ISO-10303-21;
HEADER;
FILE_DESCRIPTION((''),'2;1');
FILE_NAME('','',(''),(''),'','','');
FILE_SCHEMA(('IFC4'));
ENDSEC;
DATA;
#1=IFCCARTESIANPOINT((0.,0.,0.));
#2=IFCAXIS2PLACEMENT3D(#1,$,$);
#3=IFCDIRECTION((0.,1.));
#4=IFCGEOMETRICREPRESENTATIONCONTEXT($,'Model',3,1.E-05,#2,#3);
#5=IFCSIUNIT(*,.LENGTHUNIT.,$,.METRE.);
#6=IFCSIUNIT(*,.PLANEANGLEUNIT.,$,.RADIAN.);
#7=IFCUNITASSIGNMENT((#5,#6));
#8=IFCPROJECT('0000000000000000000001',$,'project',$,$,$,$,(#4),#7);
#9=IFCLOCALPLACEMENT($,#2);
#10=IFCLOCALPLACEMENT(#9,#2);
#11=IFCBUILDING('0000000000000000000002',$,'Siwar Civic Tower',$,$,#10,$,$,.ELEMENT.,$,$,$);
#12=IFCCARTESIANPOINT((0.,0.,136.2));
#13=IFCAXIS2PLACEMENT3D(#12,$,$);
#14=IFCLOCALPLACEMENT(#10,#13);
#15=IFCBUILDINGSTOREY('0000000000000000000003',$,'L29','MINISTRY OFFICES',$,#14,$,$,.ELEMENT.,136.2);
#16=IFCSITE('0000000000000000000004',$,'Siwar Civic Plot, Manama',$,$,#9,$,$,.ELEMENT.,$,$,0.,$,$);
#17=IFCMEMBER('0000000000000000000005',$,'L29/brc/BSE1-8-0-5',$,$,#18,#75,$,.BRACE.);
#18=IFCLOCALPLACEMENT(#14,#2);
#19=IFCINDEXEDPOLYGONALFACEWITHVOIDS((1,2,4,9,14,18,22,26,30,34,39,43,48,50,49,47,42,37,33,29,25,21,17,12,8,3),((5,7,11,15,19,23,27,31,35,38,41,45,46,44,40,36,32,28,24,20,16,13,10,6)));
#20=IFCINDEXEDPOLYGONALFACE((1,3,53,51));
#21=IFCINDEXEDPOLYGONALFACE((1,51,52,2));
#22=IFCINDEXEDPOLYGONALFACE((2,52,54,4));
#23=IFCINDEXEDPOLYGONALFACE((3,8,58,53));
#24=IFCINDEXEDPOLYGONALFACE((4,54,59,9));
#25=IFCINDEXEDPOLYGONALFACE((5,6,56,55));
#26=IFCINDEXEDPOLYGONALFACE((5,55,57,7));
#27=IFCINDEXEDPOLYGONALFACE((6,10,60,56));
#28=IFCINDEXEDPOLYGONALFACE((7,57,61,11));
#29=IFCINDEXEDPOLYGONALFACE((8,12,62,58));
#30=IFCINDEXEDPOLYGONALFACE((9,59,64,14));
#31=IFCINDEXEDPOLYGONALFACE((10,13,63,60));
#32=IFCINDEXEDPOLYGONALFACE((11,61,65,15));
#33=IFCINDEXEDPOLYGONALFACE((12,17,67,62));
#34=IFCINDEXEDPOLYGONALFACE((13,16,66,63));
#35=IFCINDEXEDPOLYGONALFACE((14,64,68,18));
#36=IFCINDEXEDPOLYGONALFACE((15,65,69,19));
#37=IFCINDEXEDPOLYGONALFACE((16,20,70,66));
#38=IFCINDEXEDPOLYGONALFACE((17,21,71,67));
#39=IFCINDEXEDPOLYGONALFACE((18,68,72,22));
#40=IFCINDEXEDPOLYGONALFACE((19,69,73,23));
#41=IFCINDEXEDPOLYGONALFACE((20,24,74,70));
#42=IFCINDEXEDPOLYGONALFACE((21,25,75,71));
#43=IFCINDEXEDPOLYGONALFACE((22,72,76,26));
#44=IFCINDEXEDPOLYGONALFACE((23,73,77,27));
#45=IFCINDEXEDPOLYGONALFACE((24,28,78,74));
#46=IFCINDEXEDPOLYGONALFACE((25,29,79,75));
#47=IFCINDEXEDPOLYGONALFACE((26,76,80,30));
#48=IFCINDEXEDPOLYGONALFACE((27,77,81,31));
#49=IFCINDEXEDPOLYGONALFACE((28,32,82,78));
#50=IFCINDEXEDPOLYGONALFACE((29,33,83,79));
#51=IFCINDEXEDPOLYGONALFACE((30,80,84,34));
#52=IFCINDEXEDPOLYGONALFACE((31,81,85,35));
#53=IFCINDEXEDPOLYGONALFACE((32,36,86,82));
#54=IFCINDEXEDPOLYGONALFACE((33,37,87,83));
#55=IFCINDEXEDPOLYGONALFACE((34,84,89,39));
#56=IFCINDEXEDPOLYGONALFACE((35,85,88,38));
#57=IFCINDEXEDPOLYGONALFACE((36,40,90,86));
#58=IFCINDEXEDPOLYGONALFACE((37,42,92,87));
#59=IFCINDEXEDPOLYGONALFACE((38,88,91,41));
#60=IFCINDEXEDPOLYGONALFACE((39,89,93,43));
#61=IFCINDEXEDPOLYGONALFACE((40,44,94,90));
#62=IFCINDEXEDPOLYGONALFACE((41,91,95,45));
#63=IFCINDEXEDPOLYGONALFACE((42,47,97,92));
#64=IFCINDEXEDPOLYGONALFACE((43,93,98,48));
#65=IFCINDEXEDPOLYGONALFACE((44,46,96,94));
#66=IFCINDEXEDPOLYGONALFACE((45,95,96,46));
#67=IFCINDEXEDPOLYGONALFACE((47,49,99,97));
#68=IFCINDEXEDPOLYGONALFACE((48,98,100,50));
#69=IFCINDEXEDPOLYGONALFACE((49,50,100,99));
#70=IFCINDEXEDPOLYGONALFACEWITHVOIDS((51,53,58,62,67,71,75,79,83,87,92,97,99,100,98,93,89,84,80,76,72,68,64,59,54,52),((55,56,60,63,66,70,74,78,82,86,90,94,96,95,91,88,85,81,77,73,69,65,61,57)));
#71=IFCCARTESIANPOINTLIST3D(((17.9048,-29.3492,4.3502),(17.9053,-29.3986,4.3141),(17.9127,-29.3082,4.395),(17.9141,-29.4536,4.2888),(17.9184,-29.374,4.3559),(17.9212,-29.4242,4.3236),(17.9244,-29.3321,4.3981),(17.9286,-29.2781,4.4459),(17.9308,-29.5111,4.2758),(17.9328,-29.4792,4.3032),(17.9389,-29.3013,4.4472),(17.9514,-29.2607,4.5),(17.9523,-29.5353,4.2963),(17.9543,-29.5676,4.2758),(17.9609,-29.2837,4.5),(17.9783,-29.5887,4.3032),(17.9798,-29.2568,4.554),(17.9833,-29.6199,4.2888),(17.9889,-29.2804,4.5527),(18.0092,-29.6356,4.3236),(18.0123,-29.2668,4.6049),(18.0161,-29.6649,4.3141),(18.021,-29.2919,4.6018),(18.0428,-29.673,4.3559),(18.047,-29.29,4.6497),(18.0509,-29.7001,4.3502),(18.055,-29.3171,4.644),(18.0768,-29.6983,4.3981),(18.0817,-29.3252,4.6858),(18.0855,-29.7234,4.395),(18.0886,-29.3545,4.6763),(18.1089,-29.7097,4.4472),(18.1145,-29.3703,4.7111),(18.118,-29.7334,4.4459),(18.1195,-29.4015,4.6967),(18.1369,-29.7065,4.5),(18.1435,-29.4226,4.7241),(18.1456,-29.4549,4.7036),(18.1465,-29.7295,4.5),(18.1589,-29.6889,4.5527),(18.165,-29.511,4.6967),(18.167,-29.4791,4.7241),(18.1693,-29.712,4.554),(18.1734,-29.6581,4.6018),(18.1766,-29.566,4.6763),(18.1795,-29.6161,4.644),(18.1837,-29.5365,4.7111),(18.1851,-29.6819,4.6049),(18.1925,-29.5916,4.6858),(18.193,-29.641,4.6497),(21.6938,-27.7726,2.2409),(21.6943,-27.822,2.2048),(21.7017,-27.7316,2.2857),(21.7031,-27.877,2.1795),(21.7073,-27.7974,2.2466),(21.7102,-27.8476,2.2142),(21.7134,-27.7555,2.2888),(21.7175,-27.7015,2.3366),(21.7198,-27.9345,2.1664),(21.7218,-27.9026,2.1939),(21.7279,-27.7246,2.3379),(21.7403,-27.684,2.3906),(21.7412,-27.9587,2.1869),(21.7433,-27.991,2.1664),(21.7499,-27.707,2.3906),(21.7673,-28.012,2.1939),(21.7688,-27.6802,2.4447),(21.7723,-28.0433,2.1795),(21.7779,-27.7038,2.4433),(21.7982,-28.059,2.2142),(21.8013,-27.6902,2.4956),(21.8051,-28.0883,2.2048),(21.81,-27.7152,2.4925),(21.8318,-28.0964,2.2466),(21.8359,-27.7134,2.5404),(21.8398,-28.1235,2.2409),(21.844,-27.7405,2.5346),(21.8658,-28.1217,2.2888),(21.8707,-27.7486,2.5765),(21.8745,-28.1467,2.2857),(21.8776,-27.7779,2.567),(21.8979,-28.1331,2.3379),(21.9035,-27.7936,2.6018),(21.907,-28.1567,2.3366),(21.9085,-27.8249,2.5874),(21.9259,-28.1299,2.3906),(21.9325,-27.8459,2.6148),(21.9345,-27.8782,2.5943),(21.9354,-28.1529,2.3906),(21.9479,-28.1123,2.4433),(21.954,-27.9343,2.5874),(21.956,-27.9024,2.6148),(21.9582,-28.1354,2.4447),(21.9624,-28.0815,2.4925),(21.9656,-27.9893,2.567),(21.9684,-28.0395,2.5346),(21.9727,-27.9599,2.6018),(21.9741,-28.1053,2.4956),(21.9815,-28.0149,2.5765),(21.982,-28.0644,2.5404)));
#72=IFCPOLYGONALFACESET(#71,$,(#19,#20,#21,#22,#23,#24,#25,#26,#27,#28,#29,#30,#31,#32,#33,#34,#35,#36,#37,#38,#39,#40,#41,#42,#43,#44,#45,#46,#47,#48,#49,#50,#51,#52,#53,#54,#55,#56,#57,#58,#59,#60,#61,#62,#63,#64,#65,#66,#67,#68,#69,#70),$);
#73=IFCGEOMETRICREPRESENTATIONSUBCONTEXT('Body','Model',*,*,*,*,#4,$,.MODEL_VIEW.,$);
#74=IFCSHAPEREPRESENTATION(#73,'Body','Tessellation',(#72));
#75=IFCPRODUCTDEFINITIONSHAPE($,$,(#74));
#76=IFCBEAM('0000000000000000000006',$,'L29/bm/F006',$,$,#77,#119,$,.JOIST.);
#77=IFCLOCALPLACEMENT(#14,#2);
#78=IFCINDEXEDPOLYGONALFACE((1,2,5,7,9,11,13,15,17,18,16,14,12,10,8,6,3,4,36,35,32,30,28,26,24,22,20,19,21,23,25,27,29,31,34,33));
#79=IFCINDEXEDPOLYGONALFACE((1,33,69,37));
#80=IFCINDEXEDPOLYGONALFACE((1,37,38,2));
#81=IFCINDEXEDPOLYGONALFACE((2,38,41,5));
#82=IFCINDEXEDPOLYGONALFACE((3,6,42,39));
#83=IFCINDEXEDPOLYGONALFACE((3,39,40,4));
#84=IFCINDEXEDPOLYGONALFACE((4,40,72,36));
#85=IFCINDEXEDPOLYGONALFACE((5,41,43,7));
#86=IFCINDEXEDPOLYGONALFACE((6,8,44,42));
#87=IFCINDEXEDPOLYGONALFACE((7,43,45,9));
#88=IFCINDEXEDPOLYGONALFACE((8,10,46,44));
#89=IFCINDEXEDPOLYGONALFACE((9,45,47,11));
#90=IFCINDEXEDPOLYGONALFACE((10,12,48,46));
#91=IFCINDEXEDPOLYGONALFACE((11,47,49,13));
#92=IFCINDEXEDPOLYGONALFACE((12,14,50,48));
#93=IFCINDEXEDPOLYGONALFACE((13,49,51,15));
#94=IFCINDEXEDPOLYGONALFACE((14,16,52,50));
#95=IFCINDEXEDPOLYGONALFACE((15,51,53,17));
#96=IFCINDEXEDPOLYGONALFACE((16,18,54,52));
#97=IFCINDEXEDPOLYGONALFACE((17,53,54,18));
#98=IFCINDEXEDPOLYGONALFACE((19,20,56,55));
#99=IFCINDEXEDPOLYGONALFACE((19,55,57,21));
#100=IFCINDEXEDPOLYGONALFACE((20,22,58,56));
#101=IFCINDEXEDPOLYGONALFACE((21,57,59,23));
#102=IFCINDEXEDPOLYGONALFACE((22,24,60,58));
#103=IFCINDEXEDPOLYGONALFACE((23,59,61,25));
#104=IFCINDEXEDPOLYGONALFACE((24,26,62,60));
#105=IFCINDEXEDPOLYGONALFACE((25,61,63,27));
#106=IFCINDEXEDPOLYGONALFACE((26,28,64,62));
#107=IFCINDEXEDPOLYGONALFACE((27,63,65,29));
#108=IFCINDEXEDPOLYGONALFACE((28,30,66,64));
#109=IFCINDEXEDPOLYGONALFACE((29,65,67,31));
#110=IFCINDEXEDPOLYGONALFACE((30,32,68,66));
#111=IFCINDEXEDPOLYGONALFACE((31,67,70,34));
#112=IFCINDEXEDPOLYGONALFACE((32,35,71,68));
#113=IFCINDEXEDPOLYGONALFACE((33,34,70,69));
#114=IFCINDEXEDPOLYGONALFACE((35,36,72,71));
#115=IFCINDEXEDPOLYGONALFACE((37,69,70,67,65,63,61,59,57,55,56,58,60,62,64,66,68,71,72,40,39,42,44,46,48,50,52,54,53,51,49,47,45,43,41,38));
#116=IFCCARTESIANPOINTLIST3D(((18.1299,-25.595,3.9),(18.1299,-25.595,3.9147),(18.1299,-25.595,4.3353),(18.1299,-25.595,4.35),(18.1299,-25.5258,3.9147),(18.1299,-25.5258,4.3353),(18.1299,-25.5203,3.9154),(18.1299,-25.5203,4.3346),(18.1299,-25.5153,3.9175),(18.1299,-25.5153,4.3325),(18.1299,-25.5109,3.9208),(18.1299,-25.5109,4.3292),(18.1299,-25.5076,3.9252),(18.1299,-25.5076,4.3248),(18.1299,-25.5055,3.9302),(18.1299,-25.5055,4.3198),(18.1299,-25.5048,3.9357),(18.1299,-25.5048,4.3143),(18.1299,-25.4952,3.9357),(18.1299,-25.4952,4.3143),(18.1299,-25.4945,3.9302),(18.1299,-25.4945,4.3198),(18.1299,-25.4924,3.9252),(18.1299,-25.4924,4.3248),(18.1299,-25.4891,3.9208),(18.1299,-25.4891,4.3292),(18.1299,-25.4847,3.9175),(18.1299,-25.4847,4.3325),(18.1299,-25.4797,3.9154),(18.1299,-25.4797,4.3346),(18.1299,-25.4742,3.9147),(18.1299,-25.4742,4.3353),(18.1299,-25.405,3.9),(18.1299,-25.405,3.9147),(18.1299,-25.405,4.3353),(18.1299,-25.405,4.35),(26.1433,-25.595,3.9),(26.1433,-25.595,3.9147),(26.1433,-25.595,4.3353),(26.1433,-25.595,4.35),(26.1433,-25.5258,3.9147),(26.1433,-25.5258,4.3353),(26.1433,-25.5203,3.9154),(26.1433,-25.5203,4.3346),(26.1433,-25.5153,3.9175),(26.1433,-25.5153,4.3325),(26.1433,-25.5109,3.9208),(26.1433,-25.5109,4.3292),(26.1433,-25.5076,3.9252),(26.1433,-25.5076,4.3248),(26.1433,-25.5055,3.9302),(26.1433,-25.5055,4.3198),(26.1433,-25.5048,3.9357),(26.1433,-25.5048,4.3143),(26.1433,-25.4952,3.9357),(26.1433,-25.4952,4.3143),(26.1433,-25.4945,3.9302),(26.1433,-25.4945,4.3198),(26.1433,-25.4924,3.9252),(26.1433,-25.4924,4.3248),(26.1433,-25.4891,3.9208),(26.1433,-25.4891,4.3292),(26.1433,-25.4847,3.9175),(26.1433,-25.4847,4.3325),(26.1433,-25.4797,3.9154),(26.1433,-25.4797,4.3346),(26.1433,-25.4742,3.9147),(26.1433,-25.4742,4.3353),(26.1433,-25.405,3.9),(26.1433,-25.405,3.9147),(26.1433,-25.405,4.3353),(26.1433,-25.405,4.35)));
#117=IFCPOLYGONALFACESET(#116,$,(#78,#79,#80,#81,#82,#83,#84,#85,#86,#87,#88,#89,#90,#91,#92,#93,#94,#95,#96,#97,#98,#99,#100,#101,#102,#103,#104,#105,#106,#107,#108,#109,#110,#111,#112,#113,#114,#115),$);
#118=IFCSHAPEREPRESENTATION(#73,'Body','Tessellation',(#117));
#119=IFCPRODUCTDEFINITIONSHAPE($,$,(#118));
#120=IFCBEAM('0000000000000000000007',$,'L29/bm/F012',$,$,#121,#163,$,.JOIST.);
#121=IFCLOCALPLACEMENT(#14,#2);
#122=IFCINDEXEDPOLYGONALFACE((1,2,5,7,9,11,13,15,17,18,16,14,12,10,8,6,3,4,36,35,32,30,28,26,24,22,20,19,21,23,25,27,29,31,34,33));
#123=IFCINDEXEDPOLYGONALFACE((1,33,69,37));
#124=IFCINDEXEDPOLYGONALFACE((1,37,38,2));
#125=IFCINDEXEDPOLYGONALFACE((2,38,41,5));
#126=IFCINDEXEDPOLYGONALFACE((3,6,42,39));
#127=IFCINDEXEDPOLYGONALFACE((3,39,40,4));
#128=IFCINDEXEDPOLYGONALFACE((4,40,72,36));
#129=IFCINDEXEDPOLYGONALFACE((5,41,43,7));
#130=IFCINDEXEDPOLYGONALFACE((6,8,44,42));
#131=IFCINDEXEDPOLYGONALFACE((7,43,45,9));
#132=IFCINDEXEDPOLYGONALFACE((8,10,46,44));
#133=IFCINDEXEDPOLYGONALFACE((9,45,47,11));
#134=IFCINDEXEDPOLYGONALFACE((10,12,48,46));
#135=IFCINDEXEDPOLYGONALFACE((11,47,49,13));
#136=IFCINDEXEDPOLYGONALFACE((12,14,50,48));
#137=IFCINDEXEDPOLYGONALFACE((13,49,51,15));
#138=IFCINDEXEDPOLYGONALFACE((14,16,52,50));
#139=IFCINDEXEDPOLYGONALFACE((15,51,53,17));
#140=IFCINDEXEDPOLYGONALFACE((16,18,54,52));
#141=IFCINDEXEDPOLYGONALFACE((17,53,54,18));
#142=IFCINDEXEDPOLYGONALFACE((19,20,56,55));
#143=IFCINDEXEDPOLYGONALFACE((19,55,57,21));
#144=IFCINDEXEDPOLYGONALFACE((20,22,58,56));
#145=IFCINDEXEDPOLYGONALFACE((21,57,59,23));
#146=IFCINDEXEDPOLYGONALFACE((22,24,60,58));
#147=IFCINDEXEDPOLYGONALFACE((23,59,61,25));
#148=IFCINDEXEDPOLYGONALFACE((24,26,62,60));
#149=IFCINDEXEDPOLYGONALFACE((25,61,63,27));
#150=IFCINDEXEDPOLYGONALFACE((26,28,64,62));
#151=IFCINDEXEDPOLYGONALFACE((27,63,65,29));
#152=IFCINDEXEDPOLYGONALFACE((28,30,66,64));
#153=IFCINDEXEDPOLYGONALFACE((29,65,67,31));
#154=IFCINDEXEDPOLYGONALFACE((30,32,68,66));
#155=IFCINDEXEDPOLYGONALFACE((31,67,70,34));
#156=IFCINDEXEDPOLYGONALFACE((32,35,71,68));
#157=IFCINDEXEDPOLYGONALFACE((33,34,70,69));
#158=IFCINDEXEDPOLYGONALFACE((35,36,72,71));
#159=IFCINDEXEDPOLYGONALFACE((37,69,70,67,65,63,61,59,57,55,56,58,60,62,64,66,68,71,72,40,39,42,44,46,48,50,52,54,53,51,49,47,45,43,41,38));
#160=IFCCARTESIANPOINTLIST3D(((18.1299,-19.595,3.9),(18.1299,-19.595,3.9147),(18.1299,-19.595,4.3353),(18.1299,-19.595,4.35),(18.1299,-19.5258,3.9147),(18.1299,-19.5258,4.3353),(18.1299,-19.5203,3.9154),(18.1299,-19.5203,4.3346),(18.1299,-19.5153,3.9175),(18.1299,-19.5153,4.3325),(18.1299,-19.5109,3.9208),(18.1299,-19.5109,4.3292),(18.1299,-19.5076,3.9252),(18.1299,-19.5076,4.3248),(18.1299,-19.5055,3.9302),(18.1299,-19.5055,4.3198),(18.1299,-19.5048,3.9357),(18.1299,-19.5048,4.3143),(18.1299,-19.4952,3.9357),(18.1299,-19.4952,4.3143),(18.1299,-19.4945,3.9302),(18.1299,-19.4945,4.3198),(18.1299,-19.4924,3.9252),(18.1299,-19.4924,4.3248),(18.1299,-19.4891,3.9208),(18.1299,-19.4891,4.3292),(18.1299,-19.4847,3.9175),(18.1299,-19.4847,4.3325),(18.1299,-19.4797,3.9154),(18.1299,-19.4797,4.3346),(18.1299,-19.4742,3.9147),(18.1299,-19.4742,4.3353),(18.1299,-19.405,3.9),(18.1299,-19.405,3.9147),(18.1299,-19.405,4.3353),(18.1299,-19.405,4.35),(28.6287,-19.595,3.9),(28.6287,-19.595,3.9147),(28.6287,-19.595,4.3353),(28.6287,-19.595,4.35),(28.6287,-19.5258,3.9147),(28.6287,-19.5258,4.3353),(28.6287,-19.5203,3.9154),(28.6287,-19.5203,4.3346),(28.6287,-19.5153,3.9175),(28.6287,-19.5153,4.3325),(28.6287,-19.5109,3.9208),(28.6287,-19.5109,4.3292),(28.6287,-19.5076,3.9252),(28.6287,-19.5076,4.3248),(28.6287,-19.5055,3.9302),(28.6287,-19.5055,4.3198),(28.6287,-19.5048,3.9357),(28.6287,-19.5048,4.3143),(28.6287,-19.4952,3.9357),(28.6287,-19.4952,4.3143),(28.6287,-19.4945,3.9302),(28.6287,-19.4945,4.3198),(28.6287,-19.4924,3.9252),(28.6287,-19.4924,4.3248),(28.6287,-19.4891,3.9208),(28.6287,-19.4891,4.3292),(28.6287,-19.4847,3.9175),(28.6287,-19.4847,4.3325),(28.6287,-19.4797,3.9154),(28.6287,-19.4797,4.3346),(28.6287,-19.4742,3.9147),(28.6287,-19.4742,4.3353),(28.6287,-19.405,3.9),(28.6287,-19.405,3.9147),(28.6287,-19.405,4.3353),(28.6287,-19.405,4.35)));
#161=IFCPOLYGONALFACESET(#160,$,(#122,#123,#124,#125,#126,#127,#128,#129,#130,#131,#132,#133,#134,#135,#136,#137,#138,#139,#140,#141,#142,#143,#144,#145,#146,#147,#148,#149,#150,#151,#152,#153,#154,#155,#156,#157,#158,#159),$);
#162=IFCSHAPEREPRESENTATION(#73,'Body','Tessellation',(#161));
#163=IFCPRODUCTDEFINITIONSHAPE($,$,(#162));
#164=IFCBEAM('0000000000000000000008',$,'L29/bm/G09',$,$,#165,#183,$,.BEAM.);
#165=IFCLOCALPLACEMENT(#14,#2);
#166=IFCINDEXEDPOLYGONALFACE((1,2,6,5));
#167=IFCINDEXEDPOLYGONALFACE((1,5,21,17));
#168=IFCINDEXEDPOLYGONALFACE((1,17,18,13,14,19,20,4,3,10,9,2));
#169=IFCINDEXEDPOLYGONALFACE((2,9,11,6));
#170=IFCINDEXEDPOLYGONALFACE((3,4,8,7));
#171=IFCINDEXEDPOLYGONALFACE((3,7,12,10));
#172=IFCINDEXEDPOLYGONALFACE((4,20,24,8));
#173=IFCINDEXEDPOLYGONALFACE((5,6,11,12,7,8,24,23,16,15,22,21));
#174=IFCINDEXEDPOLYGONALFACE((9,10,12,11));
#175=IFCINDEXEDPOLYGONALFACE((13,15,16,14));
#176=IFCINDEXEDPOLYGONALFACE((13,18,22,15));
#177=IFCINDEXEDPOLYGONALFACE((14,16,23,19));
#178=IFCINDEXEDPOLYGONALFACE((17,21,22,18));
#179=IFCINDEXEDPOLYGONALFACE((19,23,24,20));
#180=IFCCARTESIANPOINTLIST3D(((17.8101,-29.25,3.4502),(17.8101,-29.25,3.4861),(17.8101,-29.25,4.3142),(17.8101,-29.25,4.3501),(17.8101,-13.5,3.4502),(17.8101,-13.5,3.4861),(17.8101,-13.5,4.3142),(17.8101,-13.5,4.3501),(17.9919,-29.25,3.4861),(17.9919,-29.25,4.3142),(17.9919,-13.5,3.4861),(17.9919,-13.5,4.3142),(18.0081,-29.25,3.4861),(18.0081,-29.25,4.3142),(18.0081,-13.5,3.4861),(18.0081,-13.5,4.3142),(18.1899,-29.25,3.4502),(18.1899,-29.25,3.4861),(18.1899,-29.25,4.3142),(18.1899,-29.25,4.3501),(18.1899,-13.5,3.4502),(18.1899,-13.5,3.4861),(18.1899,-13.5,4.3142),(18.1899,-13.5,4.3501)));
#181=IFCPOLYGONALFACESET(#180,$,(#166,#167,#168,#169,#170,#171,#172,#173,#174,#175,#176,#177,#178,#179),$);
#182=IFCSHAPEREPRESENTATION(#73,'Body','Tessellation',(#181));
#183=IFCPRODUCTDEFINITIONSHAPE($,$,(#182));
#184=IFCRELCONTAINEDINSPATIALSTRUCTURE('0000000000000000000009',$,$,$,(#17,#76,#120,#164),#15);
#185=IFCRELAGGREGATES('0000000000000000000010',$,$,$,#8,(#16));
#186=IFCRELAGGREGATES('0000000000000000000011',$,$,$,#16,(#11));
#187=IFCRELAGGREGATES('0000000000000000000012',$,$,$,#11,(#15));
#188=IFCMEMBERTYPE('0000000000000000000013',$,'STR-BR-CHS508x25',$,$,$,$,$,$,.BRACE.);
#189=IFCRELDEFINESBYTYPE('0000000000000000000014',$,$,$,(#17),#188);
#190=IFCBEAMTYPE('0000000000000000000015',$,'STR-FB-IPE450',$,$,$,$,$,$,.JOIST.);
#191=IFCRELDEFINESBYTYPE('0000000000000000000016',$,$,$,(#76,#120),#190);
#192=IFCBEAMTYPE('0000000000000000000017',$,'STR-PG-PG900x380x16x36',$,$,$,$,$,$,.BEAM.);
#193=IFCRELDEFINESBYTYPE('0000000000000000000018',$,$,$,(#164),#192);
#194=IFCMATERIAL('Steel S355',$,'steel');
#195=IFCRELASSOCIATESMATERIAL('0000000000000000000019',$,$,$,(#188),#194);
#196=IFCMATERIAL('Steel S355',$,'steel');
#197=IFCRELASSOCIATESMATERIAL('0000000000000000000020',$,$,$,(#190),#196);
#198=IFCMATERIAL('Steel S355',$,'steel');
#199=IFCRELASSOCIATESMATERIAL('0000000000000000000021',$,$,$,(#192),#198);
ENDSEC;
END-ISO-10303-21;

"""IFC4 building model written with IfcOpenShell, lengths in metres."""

from ifc_helpers import new_model, si_unit, direction, frame, origin, origin_2d, place, context, subcontext, project, spatial, hollow_circle, i_section, extrude, material, material_profile, profile_set, type_object, element, save


model = new_model("IFC4")

# Units and contexts
model_context = context("Model", 3, precision=1e-05, world=origin(), true_north=direction((0.0, 1.0)))
body_context = subcontext(model_context, "Body", "Model", "MODEL_VIEW")
ifc_project = project(units=[si_unit("LENGTHUNIT", "METRE"), si_unit("PLANEANGLEUNIT", "RADIAN")], contexts=[model_context])

# Site, building, storey
site_placement = place(None, origin())
site = spatial("IfcSite", under=ifc_project, at=site_placement, Name="Siwar Civic Plot, Manama", CompositionType="ELEMENT", RefElevation=0.0)
building_placement = place(site_placement, origin())
building = spatial("IfcBuilding", under=site, at=building_placement, Name="Siwar Civic Tower", CompositionType="ELEMENT")
storey_placement = place(building_placement, frame((0.0, 0.0, 136.2)))
storey = spatial("IfcBuildingStorey", under=building, at=storey_placement, Name="L29", Description="MINISTRY OFFICES", CompositionType="ELEMENT", Elevation=136.2)

# Member
ifc_material_1 = material(Name="Steel S355", Category="steel")
ifc_material_profile_1 = material_profile(ifc_material_1, hollow_circle(Radius=0.2539, WallThickness=0.0249, at=origin_2d()), Name="CHS508x25")
ifc_profile_set_1 = profile_set([ifc_material_profile_1], Name="Steel S355")
member_type_1 = type_object("IfcMemberType", Name="STR-BR-CHS508x25", PredefinedType="BRACE", material=ifc_profile_set_1)
member_1_placement = place(storey_placement, frame((21.8379, -27.9185, 2.3906), z_axis=(-0.821146, -0.341686, 0.457133), x_axis=(0.384176, -0.92326, 0.0)))
element("IfcMember", 1, at=member_1_placement, inside=storey, type_object=member_type_1, Name="L29/brc/BSE1-8-0-5", PredefinedType="BRACE", context=body_context, shape_type="SweptSolid", body=[
    extrude(hollow_circle(Radius=0.2539, WallThickness=0.0249, at=origin_2d()), origin(), (0.0, 0.0, 1.0), 4.6143),
])

# Beams
ifc_material_2 = material(Name="Steel S355", Category="steel")
ifc_material_profile_2 = material_profile(ifc_material_2, i_section(OverallWidth=0.1899, OverallDepth=0.45, WebThickness=0.0095, FlangeThickness=0.0146, FilletRadius=0.021, at=origin_2d()), Name="IPE450")
ifc_profile_set_2 = profile_set([ifc_material_profile_2], Name="Steel S355")
beam_type_1 = type_object("IfcBeamType", Name="STR-FB-IPE450", PredefinedType="JOIST", material=ifc_profile_set_2)
beam_1_placement = place(storey_placement, frame((18.1299, -25.5, 4.125), z_axis=(1.0, 0.0, 0.0), x_axis=(0.0, 1.0, 0.0)))
element("IfcBeam", 2, at=beam_1_placement, inside=storey, type_object=beam_type_1, Name="L29/bm/F006", PredefinedType="JOIST", context=body_context, shape_type="SweptSolid", body=[
    extrude(i_section(OverallWidth=0.1899, OverallDepth=0.45, WebThickness=0.0095, FlangeThickness=0.0146, FilletRadius=0.021, at=origin_2d()), origin(), (0.0, 0.0, 1.0), 8.0134),
])
beam_2_placement = place(storey_placement, frame((18.1299, -19.5, 4.125), z_axis=(1.0, 0.0, 0.0), x_axis=(0.0, 1.0, 0.0)))
element("IfcBeam", 3, at=beam_2_placement, inside=storey, type_object=beam_type_1, Name="L29/bm/F012", PredefinedType="JOIST", context=body_context, shape_type="SweptSolid", body=[
    extrude(i_section(OverallWidth=0.1899, OverallDepth=0.45, WebThickness=0.0095, FlangeThickness=0.0146, FilletRadius=0.021, at=origin_2d()), origin(), (0.0, 0.0, 1.0), 10.4988),
])
ifc_material_3 = material(Name="Steel S355", Category="steel")
ifc_material_profile_3 = material_profile(ifc_material_3, i_section(OverallWidth=0.3799, OverallDepth=0.8999, WebThickness=0.0161, FlangeThickness=0.0359, at=origin_2d()), Name="PG900x380x16x36")
ifc_profile_set_3 = profile_set([ifc_material_profile_3], Name="Steel S355")
beam_type_2 = type_object("IfcBeamType", Name="STR-PG-PG900x380x16x36", PredefinedType="BEAM", material=ifc_profile_set_3)
beam_3_placement = place(storey_placement, frame((18.0, -29.25, 3.9001), z_axis=(0.0, 1.0, 0.0), x_axis=(-1.0, 0.0, 0.0)))
element("IfcBeam", 4, at=beam_3_placement, inside=storey, type_object=beam_type_2, Name="L29/bm/G09", PredefinedType="BEAM", context=body_context, shape_type="SweptSolid", body=[
    extrude(i_section(OverallWidth=0.3799, OverallDepth=0.8999, WebThickness=0.0161, FlangeThickness=0.0359, at=origin_2d()), origin(), (0.0, 0.0, 1.0), 15.75),
])

save(model, "model.ifc")
